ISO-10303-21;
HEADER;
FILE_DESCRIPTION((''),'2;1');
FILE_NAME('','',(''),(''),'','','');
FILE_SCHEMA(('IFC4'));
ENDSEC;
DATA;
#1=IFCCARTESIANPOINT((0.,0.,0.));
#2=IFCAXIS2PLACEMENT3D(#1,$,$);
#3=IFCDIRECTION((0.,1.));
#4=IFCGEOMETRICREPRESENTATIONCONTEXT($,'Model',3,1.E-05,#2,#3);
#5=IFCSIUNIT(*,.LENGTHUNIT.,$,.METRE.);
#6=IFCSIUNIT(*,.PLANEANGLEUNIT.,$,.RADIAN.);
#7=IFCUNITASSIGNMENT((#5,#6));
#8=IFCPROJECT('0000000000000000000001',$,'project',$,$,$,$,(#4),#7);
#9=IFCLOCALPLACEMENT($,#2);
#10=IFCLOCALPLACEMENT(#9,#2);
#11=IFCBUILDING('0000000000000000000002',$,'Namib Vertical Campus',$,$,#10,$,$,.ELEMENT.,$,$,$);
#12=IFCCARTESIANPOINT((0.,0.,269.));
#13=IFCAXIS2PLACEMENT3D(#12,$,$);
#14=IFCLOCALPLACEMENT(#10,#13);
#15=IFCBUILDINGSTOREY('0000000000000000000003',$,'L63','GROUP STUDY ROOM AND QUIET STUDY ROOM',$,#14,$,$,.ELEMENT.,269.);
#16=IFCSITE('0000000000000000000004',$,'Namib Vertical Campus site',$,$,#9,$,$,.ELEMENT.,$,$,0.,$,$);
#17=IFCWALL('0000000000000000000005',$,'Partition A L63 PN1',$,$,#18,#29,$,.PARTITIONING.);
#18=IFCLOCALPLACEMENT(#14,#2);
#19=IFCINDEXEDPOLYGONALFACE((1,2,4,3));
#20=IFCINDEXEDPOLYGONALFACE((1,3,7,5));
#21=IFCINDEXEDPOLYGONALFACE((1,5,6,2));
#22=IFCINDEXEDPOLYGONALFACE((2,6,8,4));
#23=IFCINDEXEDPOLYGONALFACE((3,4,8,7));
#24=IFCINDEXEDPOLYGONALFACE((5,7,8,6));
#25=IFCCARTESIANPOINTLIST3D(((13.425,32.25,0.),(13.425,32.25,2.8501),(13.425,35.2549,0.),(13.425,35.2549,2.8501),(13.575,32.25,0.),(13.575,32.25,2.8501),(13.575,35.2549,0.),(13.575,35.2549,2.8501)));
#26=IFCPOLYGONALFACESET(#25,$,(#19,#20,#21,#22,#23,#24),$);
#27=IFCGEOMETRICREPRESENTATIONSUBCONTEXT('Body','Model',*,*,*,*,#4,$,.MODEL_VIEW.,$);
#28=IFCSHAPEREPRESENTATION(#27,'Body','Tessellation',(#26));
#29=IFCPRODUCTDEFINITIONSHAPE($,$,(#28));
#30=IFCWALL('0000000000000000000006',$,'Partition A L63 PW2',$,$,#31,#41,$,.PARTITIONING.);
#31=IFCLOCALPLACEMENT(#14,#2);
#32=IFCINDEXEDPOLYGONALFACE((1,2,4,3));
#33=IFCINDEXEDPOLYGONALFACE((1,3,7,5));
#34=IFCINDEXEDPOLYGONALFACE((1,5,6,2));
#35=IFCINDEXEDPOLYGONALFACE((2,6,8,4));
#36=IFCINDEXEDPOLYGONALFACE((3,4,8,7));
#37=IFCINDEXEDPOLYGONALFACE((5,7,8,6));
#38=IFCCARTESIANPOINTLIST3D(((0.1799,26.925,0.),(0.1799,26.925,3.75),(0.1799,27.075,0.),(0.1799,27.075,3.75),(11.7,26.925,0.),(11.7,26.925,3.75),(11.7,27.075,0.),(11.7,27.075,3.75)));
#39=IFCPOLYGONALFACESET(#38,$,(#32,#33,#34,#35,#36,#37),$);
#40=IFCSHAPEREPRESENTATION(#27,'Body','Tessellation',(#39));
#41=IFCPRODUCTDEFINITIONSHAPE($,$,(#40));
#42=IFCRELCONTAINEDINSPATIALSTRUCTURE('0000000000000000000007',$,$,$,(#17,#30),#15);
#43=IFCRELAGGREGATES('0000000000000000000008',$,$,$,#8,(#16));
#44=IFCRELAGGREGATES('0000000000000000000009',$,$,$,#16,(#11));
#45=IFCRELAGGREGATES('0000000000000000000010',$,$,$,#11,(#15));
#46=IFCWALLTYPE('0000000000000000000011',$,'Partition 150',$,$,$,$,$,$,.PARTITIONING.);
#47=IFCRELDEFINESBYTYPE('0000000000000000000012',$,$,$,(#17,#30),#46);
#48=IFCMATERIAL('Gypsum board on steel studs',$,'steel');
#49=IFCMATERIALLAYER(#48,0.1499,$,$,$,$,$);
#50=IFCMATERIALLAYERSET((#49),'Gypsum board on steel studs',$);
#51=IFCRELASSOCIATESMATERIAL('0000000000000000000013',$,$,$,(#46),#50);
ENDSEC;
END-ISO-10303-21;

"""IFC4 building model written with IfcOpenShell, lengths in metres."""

from ifc_helpers import new_model, si_unit, direction, frame, frame_2d, origin, place, context, subcontext, project, spatial, rectangle, extrude, material, layer, layer_set, type_object, element, save


model = new_model("IFC4")

# Units and contexts
model_context = context("Model", 3, precision=1e-05, world=origin(), true_north=direction((0.0, 1.0)))
body_context = subcontext(model_context, "Body", "Model", "MODEL_VIEW")
ifc_project = project(units=[si_unit("LENGTHUNIT", "METRE"), si_unit("PLANEANGLEUNIT", "RADIAN")], contexts=[model_context])

# Site, building, storey
site_placement = place(None, origin())
site = spatial("IfcSite", under=ifc_project, at=site_placement, Name="Namib Vertical Campus site", CompositionType="ELEMENT", RefElevation=0.0)
building_placement = place(site_placement, origin())
building = spatial("IfcBuilding", under=site, at=building_placement, Name="Namib Vertical Campus", CompositionType="ELEMENT")
storey_placement = place(building_placement, frame((0.0, 0.0, 269.0)))
storey = spatial("IfcBuildingStorey", under=building, at=storey_placement, Name="L63", Description="GROUP STUDY ROOM AND QUIET STUDY ROOM", CompositionType="ELEMENT", Elevation=269.0)

# Walls
ifc_material_1 = material(Name="Gypsum board on steel studs", Category="steel")
ifc_layer_1 = layer(ifc_material_1, 0.1499)
ifc_layer_set_1 = layer_set([ifc_layer_1], Name="Gypsum board on steel studs")
wall_type_1 = type_object("IfcWallType", Name="Partition 150", PredefinedType="PARTITIONING", material=ifc_layer_set_1)
wall_1_placement = place(storey_placement, frame((13.5, 32.25, 0.0), z_axis=(0.0, 0.0, 1.0), x_axis=(0.0, 1.0, 0.0)))
element("IfcWall", 1, at=wall_1_placement, inside=storey, type_object=wall_type_1, Name="Partition A L63 PN1", PredefinedType="PARTITIONING", context=body_context, shape_type="SweptSolid", body=[
    extrude(rectangle(XDim=3.0049, YDim=0.1499, at=frame_2d((1.5024, 0.0))), origin(), (0.0, 0.0, 1.0), 2.8501),
])
wall_2_placement = place(storey_placement, frame((0.1799, 27.0, 0.0), z_axis=(0.0, 0.0, 1.0), x_axis=(1.0, 0.0, 0.0)))
element("IfcWall", 2, at=wall_2_placement, inside=storey, type_object=wall_type_1, Name="Partition A L63 PW2", PredefinedType="PARTITIONING", context=body_context, shape_type="SweptSolid", body=[
    extrude(rectangle(XDim=11.52, YDim=0.1499, at=frame_2d((5.76, 0.0))), origin(), (0.0, 0.0, 1.0), 3.75),
])

save(model, "model.ifc")
